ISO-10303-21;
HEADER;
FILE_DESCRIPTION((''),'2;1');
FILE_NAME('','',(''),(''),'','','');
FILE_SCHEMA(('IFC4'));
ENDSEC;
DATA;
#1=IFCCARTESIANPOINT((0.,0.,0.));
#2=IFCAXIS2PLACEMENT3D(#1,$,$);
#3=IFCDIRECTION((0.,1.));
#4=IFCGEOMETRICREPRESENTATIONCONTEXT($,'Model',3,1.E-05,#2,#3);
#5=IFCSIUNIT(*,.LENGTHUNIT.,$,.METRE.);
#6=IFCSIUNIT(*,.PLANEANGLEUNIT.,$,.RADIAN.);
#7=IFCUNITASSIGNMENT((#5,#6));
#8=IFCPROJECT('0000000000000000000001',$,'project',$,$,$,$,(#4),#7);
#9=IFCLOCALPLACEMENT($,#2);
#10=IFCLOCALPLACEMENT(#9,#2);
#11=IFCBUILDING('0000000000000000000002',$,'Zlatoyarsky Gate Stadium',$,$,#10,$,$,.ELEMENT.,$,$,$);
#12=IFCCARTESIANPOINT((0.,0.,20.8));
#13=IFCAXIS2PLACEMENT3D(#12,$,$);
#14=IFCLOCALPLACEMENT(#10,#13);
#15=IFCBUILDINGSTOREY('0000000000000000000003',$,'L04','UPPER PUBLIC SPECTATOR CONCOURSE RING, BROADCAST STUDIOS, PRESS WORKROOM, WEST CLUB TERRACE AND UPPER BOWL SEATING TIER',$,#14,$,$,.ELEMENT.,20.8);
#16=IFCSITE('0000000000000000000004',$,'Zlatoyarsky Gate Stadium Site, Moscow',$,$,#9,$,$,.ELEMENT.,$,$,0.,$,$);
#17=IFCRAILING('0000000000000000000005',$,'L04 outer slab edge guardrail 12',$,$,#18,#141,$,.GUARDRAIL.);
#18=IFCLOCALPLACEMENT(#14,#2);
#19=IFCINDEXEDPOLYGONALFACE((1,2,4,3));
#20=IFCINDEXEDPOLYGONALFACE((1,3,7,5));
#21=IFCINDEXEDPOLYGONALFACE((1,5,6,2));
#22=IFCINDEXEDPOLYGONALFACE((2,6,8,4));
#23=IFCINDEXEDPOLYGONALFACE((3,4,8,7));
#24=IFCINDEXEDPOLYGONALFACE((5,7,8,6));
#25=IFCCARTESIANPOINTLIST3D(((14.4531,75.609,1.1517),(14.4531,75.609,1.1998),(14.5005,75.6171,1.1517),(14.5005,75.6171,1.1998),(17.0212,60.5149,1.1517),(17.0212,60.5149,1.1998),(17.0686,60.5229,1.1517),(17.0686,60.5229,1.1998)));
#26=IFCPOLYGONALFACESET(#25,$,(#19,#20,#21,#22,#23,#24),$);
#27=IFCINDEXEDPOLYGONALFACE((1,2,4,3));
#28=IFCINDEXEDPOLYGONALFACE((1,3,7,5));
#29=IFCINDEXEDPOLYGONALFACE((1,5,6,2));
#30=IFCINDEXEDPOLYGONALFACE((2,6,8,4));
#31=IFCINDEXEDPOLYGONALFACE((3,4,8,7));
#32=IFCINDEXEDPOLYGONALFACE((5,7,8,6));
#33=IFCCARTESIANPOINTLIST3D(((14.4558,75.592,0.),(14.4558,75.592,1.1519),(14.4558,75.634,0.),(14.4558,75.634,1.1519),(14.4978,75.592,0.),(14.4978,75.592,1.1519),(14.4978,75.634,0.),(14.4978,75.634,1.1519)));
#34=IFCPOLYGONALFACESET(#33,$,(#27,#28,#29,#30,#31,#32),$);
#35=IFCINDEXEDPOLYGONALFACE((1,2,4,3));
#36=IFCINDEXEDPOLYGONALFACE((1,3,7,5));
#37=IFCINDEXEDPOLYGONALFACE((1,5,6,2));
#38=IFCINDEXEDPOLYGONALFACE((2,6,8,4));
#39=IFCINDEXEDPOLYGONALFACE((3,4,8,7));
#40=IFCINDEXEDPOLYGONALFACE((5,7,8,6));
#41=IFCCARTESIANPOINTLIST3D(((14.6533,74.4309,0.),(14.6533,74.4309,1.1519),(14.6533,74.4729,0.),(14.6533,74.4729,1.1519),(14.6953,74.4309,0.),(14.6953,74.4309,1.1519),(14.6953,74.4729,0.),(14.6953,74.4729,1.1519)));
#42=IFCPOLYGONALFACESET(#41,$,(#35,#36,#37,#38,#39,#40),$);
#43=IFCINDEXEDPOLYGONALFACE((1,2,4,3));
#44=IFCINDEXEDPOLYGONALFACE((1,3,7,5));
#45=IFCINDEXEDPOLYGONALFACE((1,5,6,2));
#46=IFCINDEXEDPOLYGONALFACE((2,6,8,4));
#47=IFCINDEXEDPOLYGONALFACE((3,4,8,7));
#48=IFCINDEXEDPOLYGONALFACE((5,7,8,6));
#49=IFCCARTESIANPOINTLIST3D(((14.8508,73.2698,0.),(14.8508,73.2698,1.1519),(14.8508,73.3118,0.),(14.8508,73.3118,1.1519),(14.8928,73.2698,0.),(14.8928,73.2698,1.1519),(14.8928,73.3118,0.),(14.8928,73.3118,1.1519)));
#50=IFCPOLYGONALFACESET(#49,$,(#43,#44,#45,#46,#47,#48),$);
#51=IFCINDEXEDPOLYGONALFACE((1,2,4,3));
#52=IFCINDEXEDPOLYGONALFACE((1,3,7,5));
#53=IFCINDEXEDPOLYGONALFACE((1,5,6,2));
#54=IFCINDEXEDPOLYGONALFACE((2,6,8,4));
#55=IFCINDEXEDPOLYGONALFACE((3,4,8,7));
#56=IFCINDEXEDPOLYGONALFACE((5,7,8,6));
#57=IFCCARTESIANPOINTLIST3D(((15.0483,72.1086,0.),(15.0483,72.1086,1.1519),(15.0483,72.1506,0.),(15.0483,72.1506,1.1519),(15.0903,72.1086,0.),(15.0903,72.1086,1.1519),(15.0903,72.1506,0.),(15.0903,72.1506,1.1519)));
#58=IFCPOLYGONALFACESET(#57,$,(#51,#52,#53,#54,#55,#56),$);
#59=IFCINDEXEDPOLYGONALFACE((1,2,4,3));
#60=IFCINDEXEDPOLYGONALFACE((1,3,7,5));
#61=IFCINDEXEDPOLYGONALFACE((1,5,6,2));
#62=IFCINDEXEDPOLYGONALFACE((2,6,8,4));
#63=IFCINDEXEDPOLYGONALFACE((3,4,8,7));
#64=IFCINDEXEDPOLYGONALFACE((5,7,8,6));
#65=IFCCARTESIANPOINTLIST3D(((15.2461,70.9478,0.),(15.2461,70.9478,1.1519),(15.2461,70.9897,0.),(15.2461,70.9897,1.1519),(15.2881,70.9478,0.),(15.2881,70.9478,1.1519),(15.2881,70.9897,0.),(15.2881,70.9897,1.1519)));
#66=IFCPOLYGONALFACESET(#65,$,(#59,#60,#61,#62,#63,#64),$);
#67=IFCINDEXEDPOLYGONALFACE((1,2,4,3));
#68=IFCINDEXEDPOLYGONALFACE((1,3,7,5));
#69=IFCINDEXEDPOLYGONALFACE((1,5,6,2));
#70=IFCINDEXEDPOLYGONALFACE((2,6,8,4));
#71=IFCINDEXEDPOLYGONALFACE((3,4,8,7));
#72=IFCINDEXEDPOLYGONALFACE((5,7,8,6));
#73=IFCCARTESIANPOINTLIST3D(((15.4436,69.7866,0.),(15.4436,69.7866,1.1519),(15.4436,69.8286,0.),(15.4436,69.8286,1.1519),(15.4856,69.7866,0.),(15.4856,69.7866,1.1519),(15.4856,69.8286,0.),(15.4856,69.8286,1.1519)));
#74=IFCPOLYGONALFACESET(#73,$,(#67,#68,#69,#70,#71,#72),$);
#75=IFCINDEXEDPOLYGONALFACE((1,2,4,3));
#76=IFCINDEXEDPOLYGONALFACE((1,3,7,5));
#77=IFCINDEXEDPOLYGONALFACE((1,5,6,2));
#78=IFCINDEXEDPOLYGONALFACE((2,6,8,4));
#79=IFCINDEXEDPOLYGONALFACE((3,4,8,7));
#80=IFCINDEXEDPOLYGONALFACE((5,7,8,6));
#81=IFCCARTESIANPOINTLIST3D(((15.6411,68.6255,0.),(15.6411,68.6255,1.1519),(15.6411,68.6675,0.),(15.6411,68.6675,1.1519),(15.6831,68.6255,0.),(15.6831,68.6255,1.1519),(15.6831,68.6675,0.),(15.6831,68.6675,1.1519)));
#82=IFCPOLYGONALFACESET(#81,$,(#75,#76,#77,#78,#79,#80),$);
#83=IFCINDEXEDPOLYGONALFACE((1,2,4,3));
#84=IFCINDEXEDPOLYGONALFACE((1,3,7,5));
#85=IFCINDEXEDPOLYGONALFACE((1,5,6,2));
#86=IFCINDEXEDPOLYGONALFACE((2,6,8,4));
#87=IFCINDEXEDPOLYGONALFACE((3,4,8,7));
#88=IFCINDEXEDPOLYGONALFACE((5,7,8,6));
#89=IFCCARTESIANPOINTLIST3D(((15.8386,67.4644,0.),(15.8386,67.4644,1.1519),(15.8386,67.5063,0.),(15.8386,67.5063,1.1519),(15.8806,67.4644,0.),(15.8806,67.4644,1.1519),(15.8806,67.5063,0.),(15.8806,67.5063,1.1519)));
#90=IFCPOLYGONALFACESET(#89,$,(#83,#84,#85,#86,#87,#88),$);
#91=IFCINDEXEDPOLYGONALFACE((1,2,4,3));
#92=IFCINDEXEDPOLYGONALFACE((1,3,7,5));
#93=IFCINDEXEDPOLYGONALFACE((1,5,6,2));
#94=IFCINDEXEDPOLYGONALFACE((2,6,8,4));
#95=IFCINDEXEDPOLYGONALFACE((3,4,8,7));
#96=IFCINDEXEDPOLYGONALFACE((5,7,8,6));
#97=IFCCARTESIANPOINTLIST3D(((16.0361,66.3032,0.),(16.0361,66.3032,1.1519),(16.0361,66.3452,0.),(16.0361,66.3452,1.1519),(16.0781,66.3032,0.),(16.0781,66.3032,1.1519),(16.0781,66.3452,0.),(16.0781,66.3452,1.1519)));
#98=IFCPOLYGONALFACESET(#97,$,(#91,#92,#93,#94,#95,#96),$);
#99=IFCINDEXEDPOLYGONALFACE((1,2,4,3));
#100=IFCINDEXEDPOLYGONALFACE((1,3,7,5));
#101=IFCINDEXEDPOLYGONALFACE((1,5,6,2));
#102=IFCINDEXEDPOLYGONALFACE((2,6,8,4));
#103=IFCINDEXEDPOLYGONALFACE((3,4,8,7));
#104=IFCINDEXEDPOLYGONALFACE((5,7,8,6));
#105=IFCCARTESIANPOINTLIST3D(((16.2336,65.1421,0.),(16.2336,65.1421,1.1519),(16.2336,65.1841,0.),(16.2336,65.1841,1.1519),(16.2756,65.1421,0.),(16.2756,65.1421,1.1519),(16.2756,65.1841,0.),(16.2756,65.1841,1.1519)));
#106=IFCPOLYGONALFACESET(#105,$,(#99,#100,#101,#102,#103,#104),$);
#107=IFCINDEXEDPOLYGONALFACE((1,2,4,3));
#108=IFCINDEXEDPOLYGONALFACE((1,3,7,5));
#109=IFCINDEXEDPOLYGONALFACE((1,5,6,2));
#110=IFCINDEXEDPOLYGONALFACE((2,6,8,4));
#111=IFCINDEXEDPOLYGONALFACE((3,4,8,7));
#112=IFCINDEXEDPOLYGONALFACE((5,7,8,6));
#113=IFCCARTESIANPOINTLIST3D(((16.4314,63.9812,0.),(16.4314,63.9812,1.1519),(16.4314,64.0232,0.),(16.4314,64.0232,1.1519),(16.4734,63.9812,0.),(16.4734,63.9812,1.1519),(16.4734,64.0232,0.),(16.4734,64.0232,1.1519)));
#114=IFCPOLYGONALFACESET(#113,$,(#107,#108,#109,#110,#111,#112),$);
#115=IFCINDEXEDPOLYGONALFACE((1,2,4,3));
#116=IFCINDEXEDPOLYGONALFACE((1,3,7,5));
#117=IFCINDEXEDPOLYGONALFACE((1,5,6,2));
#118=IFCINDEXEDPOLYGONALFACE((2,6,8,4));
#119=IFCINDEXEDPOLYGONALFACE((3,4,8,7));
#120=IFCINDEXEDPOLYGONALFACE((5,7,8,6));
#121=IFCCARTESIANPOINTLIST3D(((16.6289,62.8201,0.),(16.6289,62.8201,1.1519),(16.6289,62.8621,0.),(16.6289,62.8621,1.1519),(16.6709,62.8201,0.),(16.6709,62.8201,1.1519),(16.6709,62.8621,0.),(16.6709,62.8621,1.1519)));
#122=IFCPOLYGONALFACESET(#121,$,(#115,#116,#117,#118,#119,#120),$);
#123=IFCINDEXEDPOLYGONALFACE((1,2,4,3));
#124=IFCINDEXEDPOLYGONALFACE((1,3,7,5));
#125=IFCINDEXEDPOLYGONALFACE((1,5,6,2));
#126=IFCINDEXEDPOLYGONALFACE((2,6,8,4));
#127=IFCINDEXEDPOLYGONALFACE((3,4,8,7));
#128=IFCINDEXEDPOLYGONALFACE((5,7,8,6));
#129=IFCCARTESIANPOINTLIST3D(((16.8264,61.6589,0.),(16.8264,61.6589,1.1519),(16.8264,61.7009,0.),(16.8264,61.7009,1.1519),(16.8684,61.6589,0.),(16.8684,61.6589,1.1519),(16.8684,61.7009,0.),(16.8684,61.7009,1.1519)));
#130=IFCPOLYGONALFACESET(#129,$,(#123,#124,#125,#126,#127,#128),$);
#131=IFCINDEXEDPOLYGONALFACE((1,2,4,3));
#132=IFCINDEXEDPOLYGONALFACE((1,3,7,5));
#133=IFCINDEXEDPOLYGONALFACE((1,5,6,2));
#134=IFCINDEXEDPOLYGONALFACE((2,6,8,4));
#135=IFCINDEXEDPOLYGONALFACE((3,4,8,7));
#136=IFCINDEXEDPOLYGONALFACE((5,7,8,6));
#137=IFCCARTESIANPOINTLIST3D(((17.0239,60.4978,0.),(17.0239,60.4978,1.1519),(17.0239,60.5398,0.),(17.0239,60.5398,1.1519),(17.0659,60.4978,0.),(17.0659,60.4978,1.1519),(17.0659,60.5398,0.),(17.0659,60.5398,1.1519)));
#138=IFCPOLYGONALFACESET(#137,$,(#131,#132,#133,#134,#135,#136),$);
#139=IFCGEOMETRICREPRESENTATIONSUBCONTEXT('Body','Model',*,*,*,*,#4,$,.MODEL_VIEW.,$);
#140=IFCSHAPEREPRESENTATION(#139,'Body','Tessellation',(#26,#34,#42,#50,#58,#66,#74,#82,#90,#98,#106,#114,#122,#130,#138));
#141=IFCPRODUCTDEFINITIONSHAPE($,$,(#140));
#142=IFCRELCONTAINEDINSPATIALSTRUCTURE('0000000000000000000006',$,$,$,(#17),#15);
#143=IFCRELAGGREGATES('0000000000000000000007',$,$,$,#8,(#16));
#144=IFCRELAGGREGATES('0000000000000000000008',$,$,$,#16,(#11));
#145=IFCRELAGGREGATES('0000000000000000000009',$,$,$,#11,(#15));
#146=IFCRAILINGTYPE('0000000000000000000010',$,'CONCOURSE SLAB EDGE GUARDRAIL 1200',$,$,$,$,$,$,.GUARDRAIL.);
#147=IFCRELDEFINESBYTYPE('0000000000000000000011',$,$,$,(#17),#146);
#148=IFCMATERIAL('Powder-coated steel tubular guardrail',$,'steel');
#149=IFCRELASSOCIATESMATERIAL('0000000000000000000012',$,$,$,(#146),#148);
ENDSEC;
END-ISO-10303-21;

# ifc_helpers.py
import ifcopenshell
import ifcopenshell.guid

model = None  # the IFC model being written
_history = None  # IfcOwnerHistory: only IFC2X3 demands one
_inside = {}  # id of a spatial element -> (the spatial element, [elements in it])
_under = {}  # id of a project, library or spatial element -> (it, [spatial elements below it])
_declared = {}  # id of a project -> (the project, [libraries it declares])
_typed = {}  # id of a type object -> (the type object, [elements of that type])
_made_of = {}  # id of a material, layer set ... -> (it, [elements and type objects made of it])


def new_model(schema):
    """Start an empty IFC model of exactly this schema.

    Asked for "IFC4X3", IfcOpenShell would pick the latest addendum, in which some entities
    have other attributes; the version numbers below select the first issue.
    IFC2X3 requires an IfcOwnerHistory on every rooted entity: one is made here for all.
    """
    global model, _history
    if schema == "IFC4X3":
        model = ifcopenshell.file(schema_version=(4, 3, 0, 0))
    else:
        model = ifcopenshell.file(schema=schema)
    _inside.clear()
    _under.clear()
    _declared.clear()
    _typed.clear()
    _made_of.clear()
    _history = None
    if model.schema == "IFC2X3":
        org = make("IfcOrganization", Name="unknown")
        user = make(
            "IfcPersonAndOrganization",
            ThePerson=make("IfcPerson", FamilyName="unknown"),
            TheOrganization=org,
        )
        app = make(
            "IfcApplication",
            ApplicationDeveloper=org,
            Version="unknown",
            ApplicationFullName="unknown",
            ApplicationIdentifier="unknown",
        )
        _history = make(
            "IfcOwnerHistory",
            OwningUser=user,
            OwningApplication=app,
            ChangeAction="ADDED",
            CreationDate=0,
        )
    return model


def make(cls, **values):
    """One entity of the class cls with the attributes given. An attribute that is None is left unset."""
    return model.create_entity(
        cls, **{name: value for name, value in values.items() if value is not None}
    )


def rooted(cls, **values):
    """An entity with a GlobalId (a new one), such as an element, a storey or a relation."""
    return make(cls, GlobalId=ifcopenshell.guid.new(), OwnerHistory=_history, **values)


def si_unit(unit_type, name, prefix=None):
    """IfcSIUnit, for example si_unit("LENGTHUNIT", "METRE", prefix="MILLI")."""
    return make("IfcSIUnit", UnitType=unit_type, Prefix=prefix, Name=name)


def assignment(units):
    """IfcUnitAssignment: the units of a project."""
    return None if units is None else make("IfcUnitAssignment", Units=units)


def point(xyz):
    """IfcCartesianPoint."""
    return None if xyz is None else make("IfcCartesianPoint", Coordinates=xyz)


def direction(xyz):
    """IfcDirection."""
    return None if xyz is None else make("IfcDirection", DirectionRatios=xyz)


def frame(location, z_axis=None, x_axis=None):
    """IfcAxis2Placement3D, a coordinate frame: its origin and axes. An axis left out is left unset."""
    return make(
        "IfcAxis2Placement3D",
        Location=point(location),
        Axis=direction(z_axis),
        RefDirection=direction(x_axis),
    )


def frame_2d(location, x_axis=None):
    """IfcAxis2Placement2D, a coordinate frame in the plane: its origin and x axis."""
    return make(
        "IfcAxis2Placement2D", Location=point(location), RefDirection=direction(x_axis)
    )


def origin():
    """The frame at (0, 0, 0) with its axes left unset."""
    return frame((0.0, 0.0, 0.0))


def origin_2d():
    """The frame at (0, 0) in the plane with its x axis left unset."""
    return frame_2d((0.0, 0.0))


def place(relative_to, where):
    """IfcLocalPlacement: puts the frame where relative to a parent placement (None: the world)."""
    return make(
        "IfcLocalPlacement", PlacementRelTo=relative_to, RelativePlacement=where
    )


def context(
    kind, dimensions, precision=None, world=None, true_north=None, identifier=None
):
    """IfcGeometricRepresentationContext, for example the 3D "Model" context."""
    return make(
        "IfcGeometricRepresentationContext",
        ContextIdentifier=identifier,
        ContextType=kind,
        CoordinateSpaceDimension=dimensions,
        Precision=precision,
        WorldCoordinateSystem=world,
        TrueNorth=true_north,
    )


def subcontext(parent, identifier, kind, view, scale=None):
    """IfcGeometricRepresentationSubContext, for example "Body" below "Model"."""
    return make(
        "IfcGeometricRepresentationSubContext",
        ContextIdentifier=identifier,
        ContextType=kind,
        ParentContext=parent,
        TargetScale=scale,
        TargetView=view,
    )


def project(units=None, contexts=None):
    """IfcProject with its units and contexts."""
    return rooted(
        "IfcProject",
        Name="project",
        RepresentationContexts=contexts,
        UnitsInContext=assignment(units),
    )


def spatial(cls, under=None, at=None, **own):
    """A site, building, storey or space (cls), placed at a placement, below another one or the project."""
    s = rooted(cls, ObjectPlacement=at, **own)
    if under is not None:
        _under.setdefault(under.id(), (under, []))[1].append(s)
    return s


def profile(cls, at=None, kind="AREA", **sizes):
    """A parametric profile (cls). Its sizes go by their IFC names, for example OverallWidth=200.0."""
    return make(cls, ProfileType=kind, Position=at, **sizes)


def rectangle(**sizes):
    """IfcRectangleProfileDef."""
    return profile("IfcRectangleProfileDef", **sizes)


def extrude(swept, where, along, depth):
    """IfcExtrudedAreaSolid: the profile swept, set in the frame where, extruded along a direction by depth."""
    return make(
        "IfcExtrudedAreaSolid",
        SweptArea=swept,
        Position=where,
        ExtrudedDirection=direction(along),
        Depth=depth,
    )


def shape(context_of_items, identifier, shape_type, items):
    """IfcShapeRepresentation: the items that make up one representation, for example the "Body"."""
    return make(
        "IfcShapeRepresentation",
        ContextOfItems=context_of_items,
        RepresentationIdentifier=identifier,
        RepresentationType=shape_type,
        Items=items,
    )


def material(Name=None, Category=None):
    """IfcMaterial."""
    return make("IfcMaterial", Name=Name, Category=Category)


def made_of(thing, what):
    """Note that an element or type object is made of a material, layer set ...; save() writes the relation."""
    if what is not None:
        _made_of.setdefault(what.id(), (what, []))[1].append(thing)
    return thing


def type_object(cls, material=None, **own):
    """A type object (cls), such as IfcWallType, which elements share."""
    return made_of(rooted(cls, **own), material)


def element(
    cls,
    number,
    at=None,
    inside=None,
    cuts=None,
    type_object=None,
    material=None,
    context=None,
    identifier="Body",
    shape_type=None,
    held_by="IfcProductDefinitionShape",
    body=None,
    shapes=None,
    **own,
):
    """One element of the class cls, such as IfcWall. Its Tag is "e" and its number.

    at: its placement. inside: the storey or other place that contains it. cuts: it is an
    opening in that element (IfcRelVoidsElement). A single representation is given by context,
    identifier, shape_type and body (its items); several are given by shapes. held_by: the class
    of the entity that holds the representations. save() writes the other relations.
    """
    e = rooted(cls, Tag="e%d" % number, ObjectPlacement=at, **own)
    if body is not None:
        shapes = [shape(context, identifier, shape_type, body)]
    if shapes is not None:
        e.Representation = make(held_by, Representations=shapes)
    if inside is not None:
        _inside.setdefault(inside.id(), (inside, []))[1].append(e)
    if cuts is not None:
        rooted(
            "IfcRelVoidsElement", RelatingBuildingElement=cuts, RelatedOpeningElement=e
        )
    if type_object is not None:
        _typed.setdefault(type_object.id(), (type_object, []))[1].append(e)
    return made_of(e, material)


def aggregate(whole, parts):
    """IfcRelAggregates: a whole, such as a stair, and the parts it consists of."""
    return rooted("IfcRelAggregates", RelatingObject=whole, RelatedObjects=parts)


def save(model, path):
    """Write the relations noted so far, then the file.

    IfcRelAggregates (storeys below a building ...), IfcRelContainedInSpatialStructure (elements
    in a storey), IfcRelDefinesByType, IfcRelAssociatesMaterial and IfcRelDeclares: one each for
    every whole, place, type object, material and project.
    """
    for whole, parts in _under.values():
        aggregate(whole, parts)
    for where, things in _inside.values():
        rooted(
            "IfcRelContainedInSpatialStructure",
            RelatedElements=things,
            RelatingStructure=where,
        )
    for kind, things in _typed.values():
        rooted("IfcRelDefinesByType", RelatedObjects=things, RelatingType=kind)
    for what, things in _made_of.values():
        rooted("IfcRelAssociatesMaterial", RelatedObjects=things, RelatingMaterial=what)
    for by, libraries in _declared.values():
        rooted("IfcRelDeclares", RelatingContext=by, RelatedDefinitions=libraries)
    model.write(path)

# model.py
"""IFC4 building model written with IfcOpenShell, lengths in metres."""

from ifc_helpers import new_model, si_unit, direction, frame, origin, origin_2d, place, context, subcontext, project, spatial, rectangle, extrude, material, type_object, element, save


model = new_model("IFC4")

# Units and contexts
model_context = context("Model", 3, precision=1e-05, world=origin(), true_north=direction((0.0, 1.0)))
body_context = subcontext(model_context, "Body", "Model", "MODEL_VIEW")
ifc_project = project(units=[si_unit("LENGTHUNIT", "METRE"), si_unit("PLANEANGLEUNIT", "RADIAN")], contexts=[model_context])

# Site, building, storey
site_placement = place(None, origin())
site = spatial("IfcSite", under=ifc_project, at=site_placement, Name="Zlatoyarsky Gate Stadium Site, Moscow", CompositionType="ELEMENT", RefElevation=0.0)
building_placement = place(site_placement, origin())
building = spatial("IfcBuilding", under=site, at=building_placement, Name="Zlatoyarsky Gate Stadium", CompositionType="ELEMENT")
storey_placement = place(building_placement, frame((0.0, 0.0, 20.8)))
storey = spatial("IfcBuildingStorey", under=building, at=storey_placement, Name="L04", Description="UPPER PUBLIC SPECTATOR CONCOURSE RING, BROADCAST STUDIOS, PRESS WORKROOM, WEST CLUB TERRACE AND UPPER BOWL SEATING TIER", CompositionType="ELEMENT", Elevation=20.8)

# Railing
ifc_material_1 = material(Name="Powder-coated steel tubular guardrail", Category="steel")
railing_type = type_object("IfcRailingType", Name="CONCOURSE SLAB EDGE GUARDRAIL 1200", PredefinedType="GUARDRAIL", material=ifc_material_1)
railing_placement = place(storey_placement, frame((14.4768, 75.613, 0.0)))
element("IfcRailing", 1, at=railing_placement, inside=storey, type_object=railing_type, Name="L04 outer slab edge guardrail 12", PredefinedType="GUARDRAIL", context=body_context, shape_type="SweptSolid", body=[
    extrude(rectangle(XDim=0.0481, YDim=0.0481, at=origin_2d()), frame((0.0, 0.0, 1.1758), z_axis=(0.167728, -0.985833, 0.0), x_axis=(0.985833, 0.167728, 0.0)), (0.0, 0.0, 1.0), 15.311),
    extrude(rectangle(XDim=0.042, YDim=0.042, at=origin_2d()), origin(), (0.0, 0.0, 1.0), 1.1519),
    extrude(rectangle(XDim=0.042, YDim=0.042, at=origin_2d()), frame((0.1975, -1.1611, 0.0)), (0.0, 0.0, 1.0), 1.1519),
    extrude(rectangle(XDim=0.042, YDim=0.042, at=origin_2d()), frame((0.395, -2.3223, 0.0)), (0.0, 0.0, 1.0), 1.1519),
    extrude(rectangle(XDim=0.042, YDim=0.042, at=origin_2d()), frame((0.5925, -3.4834, 0.0)), (0.0, 0.0, 1.0), 1.1519),
    extrude(rectangle(XDim=0.042, YDim=0.042, at=origin_2d()), frame((0.7903, -4.6443, 0.0)), (0.0, 0.0, 1.0), 1.1519),
    extrude(rectangle(XDim=0.042, YDim=0.042, at=origin_2d()), frame((0.9878, -5.8054, 0.0)), (0.0, 0.0, 1.0), 1.1519),
    extrude(rectangle(XDim=0.042, YDim=0.042, at=origin_2d()), frame((1.1853, -6.9666, 0.0)), (0.0, 0.0, 1.0), 1.1519),
    extrude(rectangle(XDim=0.042, YDim=0.042, at=origin_2d()), frame((1.3828, -8.1277, 0.0)), (0.0, 0.0, 1.0), 1.1519),
    extrude(rectangle(XDim=0.042, YDim=0.042, at=origin_2d()), frame((1.5803, -9.2888, 0.0)), (0.0, 0.0, 1.0), 1.1519),
    extrude(rectangle(XDim=0.042, YDim=0.042, at=origin_2d()), frame((1.7778, -10.45, 0.0)), (0.0, 0.0, 1.0), 1.1519),
    extrude(rectangle(XDim=0.042, YDim=0.042, at=origin_2d()), frame((1.9756, -11.6108, 0.0)), (0.0, 0.0, 1.0), 1.1519),
    extrude(rectangle(XDim=0.042, YDim=0.042, at=origin_2d()), frame((2.1731, -12.772, 0.0)), (0.0, 0.0, 1.0), 1.1519),
    extrude(rectangle(XDim=0.042, YDim=0.042, at=origin_2d()), frame((2.3706, -13.9331, 0.0)), (0.0, 0.0, 1.0), 1.1519),
    extrude(rectangle(XDim=0.042, YDim=0.042, at=origin_2d()), frame((2.5681, -15.0942, 0.0)), (0.0, 0.0, 1.0), 1.1519),
])

save(model, "model.ifc")
